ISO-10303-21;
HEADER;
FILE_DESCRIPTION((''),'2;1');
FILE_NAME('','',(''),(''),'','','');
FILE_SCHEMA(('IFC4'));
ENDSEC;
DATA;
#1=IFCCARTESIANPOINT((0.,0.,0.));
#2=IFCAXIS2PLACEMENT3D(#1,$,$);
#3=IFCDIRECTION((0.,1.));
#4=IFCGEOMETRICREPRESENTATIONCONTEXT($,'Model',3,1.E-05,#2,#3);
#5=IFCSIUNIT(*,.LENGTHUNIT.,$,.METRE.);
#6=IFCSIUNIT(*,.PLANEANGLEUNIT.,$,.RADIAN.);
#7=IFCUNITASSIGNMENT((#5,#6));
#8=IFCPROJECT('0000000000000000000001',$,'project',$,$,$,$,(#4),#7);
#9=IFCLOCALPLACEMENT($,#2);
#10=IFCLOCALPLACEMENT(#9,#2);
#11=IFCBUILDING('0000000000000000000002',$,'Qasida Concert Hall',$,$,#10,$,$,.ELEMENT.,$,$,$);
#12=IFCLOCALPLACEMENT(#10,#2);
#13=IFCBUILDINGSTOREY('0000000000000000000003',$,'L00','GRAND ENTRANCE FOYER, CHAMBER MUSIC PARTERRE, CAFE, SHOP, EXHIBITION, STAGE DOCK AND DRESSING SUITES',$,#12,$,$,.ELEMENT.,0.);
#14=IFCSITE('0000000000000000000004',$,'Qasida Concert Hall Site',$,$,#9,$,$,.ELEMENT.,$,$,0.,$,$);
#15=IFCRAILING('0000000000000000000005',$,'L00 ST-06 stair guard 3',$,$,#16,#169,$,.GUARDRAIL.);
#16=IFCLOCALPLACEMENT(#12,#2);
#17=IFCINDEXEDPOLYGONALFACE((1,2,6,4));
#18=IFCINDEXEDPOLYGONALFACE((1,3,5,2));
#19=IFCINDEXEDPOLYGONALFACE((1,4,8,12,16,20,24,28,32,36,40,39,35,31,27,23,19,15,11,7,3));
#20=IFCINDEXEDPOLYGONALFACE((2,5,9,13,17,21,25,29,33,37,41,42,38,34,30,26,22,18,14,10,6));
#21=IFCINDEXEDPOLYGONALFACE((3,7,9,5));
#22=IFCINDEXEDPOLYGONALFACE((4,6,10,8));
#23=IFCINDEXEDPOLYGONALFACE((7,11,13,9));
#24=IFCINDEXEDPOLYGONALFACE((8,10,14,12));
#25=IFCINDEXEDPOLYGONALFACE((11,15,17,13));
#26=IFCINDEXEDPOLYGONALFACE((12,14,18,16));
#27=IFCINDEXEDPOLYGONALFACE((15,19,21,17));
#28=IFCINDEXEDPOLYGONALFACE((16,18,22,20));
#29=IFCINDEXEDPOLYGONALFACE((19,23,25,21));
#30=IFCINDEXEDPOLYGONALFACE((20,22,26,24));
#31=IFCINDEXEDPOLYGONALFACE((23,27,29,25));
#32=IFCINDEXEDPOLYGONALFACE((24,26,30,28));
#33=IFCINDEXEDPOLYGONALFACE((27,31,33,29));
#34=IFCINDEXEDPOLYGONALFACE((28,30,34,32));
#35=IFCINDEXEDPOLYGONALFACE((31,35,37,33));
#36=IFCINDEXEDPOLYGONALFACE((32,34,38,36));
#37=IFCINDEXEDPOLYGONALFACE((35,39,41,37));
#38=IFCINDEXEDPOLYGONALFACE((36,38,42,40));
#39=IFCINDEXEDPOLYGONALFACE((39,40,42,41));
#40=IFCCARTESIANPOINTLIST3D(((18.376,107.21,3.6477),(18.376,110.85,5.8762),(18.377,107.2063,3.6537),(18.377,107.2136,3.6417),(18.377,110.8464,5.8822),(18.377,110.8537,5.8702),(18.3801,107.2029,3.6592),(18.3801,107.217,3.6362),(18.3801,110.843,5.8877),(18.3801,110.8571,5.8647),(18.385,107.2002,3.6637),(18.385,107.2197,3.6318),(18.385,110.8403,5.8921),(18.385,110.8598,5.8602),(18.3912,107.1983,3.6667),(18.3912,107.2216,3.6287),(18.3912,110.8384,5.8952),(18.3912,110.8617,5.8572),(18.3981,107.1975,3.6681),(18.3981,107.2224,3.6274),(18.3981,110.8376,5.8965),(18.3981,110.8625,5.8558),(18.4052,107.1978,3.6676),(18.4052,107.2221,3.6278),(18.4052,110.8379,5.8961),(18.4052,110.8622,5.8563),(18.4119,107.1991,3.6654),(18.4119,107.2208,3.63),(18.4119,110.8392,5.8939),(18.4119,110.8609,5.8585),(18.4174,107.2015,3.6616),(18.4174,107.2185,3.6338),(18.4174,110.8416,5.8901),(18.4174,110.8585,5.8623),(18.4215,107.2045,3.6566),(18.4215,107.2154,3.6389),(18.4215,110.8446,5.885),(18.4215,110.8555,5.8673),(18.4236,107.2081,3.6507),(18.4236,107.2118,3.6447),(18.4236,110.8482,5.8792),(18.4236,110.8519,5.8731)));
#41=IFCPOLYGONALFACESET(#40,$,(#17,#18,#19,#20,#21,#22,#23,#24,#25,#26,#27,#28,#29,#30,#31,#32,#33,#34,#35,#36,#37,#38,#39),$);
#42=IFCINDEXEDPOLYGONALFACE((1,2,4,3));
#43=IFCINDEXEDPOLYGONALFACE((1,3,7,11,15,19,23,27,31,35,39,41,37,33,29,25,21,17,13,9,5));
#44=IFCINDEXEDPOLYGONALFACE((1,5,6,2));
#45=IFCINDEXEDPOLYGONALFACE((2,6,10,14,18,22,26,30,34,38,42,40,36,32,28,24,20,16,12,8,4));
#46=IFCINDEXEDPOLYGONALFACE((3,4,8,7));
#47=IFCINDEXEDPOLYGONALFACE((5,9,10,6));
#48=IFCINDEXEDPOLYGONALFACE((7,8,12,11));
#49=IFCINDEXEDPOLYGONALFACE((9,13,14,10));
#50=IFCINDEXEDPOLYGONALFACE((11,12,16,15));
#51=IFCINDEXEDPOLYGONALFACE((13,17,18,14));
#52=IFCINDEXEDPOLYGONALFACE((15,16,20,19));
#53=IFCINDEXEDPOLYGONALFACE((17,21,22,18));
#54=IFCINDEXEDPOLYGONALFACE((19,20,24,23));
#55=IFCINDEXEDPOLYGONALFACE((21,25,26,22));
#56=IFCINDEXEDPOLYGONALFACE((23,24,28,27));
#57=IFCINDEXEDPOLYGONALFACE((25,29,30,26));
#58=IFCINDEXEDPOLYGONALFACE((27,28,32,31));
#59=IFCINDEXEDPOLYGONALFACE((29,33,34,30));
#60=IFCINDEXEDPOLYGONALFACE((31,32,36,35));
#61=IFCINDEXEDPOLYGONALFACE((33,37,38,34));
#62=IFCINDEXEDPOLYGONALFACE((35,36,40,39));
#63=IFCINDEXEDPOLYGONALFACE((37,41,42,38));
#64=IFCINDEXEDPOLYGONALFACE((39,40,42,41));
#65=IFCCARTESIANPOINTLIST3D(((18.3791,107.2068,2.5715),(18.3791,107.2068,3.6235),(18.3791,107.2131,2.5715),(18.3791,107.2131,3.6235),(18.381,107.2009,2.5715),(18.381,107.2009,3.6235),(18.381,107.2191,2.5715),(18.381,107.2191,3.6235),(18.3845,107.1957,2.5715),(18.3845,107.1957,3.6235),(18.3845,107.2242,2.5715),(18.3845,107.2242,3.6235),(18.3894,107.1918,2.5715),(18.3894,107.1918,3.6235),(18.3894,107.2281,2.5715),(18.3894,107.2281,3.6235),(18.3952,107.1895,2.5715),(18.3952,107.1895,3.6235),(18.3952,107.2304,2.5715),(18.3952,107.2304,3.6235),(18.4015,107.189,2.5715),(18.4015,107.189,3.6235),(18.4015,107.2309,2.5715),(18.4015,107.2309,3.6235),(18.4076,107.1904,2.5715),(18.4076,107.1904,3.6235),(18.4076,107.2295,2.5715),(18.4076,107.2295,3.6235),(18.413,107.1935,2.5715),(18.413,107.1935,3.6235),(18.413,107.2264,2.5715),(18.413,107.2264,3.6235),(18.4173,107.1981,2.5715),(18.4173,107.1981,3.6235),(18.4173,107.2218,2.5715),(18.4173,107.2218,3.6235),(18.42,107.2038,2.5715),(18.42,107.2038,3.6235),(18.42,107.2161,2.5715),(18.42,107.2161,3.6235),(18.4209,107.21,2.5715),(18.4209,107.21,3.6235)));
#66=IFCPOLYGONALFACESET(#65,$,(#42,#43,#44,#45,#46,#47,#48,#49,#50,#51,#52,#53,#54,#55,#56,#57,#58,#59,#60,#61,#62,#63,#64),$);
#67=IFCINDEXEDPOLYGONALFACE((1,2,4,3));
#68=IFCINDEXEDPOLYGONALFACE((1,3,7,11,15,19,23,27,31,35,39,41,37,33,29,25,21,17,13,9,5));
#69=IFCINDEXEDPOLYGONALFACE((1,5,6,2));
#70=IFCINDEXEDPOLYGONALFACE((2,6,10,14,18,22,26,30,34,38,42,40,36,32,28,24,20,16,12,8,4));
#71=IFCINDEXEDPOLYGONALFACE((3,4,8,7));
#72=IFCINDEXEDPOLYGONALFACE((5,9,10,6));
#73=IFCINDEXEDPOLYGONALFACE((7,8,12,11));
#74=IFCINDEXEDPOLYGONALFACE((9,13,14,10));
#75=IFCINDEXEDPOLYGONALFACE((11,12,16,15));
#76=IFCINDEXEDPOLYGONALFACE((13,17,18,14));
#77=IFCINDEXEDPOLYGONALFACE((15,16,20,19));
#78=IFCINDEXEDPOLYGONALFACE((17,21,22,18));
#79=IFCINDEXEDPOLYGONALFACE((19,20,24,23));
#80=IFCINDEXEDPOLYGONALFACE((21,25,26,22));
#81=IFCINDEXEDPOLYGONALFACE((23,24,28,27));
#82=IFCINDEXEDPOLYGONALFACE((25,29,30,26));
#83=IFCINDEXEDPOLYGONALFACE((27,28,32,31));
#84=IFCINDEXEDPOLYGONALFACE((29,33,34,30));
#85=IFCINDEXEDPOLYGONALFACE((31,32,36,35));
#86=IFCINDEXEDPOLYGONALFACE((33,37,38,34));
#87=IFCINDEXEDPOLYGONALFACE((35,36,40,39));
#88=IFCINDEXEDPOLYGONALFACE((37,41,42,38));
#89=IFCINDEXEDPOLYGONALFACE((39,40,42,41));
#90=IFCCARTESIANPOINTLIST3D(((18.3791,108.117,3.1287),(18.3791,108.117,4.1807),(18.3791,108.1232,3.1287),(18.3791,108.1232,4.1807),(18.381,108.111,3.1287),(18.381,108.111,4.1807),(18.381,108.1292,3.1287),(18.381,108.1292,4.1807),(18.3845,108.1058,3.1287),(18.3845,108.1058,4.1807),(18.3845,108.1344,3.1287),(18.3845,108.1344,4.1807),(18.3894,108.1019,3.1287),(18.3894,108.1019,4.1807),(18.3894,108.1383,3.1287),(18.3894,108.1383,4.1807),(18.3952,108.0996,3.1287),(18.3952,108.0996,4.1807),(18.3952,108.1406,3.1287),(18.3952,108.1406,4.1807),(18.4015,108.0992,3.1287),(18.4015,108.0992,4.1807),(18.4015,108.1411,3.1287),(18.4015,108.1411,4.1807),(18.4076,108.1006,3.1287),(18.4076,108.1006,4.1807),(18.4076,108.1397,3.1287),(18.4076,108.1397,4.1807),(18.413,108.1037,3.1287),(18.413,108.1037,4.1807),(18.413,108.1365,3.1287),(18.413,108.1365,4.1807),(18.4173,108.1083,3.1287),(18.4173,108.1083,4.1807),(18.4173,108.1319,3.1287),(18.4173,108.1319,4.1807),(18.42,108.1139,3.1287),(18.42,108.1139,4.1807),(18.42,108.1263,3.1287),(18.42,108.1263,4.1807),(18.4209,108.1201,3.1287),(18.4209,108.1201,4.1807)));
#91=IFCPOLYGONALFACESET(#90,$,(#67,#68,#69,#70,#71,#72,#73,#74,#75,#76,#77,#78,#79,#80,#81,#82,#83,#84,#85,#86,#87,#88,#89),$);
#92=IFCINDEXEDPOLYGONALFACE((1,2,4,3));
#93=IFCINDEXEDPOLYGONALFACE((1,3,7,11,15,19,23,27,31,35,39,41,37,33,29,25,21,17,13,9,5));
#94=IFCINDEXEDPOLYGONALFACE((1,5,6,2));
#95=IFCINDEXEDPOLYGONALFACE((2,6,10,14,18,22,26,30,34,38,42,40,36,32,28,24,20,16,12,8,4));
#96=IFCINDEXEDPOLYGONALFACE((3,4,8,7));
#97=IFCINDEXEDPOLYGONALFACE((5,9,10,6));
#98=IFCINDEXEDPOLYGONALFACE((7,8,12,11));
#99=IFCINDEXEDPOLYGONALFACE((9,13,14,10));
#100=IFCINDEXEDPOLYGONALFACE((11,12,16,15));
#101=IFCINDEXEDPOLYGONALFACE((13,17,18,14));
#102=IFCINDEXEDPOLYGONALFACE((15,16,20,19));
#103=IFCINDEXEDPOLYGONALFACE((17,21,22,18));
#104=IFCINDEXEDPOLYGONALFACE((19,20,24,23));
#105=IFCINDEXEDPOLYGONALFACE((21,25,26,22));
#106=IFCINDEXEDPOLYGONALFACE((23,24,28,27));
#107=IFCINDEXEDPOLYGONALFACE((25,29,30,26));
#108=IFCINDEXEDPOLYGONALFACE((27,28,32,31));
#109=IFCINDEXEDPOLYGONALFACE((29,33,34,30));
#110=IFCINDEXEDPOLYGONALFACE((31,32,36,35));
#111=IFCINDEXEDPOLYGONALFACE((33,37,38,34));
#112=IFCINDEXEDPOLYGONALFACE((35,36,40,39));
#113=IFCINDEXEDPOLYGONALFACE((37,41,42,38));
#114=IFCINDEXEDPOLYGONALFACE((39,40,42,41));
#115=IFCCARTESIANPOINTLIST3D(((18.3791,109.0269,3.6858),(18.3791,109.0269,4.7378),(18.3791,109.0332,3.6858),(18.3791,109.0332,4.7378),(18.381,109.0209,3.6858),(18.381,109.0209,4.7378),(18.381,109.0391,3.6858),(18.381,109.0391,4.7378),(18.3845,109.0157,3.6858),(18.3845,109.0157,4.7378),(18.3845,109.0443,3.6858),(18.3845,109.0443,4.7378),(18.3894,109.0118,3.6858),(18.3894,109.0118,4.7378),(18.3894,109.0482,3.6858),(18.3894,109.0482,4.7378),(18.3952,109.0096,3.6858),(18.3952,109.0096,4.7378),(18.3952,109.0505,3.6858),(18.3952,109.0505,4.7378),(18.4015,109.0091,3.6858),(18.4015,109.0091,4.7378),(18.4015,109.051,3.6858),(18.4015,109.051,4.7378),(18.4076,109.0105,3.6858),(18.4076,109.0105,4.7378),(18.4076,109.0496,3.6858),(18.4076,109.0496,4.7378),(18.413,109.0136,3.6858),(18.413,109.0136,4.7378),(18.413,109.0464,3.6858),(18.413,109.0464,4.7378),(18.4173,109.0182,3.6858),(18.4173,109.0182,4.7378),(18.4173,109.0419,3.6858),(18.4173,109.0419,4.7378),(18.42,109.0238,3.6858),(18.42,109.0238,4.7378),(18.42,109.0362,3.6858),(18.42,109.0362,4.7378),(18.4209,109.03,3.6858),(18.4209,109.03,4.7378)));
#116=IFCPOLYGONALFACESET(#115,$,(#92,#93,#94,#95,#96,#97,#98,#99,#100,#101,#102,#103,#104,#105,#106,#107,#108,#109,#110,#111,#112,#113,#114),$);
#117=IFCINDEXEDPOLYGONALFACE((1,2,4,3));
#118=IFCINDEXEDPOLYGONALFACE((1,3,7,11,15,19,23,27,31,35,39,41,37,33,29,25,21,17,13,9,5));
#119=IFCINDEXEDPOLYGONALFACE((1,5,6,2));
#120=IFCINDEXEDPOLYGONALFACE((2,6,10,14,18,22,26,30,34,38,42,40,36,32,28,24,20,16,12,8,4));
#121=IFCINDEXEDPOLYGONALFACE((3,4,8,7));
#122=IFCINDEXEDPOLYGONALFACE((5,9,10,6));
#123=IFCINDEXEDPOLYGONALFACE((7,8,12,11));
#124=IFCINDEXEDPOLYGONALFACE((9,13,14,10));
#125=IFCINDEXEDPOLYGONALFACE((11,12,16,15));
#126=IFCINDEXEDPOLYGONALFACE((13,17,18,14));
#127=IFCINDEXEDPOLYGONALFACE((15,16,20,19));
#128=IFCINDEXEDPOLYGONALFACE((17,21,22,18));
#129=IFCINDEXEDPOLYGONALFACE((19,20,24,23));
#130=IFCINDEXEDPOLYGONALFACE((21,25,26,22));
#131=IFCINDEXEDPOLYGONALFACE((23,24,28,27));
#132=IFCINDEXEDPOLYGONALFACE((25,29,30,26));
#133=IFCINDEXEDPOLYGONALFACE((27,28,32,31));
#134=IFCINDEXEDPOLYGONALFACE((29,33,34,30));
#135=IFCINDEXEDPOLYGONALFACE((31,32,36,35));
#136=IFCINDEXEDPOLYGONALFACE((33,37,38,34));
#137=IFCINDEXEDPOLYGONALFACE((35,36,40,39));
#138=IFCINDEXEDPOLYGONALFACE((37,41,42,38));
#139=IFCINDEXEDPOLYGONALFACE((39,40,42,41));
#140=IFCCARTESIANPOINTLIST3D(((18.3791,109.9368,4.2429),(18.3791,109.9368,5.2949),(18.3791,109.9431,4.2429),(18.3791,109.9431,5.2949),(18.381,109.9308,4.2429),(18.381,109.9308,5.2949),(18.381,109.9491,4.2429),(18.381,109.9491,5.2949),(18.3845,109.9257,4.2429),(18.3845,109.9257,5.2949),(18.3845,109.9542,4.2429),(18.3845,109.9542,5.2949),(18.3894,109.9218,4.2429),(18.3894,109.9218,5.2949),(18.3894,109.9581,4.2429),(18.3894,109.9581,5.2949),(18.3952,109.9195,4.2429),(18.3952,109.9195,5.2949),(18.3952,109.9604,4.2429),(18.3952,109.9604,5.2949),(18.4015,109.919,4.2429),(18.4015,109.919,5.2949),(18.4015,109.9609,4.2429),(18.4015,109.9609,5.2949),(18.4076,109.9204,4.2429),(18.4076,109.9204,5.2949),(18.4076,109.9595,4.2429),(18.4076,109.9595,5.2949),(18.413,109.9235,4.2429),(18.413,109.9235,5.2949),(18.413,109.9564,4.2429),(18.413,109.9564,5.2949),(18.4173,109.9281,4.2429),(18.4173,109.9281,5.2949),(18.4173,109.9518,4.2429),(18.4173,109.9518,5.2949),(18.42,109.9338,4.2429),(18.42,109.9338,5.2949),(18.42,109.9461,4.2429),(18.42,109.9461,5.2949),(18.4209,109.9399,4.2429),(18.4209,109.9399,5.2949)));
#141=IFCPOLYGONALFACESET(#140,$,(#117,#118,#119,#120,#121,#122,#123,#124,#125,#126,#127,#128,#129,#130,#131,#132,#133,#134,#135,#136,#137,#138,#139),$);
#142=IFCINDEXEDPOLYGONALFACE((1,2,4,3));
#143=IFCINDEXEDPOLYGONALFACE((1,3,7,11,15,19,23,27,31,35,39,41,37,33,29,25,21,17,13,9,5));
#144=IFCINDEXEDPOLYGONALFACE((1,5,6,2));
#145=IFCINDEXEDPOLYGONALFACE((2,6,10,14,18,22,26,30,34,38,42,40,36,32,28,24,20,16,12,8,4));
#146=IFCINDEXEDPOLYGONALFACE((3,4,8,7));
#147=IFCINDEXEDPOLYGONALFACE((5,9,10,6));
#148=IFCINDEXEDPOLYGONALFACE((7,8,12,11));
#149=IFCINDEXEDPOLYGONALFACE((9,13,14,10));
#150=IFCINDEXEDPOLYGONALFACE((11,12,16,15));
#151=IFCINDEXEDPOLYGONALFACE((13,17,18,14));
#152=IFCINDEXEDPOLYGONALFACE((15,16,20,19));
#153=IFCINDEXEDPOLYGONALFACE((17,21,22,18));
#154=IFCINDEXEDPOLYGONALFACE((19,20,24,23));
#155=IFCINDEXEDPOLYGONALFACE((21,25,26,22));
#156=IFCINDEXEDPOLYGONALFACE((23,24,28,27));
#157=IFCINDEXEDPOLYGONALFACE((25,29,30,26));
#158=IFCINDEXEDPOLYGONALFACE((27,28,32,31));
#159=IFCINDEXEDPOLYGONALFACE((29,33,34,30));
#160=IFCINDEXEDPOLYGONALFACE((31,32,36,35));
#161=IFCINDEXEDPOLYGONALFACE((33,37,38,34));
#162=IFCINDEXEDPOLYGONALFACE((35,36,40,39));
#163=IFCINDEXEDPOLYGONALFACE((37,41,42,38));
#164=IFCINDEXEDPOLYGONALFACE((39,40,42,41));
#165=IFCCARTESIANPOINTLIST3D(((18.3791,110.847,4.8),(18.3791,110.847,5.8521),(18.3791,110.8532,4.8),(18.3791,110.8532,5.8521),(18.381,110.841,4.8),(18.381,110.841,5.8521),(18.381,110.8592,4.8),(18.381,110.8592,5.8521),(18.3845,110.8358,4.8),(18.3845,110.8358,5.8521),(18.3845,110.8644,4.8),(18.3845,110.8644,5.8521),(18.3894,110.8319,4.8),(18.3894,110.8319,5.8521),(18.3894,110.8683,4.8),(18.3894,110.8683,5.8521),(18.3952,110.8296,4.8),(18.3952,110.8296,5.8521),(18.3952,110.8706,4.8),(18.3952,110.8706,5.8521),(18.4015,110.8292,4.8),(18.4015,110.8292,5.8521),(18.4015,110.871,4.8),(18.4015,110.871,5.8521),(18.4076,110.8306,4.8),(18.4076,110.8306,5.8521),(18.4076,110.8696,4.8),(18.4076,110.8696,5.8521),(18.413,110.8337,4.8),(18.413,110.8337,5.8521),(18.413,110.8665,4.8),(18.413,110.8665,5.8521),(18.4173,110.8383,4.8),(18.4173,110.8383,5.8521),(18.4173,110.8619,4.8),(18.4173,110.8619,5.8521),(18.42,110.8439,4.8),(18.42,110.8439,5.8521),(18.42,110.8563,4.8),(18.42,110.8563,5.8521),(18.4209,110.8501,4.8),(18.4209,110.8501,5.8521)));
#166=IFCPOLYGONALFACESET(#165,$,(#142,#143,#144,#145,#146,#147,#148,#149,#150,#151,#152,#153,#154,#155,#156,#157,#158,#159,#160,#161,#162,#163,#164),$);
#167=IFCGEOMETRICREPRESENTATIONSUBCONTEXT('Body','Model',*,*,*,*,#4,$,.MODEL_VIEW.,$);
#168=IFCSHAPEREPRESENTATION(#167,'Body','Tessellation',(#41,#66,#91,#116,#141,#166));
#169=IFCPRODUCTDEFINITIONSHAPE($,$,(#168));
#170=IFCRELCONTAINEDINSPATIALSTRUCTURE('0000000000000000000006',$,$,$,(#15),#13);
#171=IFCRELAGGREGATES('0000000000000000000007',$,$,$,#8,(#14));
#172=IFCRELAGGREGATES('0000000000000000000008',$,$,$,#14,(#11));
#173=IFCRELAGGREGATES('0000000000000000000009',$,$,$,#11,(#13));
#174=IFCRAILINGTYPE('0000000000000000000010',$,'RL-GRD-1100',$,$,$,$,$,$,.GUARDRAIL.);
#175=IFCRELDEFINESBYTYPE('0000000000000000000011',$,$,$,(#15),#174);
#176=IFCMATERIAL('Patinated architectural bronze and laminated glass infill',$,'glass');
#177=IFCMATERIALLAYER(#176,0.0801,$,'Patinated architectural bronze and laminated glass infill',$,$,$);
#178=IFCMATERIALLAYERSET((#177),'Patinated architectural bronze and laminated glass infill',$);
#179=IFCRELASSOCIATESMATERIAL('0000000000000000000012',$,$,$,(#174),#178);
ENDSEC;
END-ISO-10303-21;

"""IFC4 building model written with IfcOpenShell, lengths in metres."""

from ifc_helpers import new_model, si_unit, direction, frame, origin, origin_2d, place, context, subcontext, project, spatial, circle, extrude, material, layer, layer_set, type_object, element, save


model = new_model("IFC4")

# Units and contexts
model_context = context("Model", 3, precision=1e-05, world=origin(), true_north=direction((0.0, 1.0)))
body_context = subcontext(model_context, "Body", "Model", "MODEL_VIEW")
ifc_project = project(units=[si_unit("LENGTHUNIT", "METRE"), si_unit("PLANEANGLEUNIT", "RADIAN")], contexts=[model_context])

# Site, building, storey
site_placement = place(None, origin())
site = spatial("IfcSite", under=ifc_project, at=site_placement, Name="Qasida Concert Hall Site", CompositionType="ELEMENT", RefElevation=0.0)
building_placement = place(site_placement, origin())
building = spatial("IfcBuilding", under=site, at=building_placement, Name="Qasida Concert Hall", CompositionType="ELEMENT")
storey_placement = place(building_placement, origin())
storey = spatial("IfcBuildingStorey", under=building, at=storey_placement, Name="L00", Description="GRAND ENTRANCE FOYER, CHAMBER MUSIC PARTERRE, CAFE, SHOP, EXHIBITION, STAGE DOCK AND DRESSING SUITES", CompositionType="ELEMENT", Elevation=0.0)

# Railing
ifc_material_1 = material(Name="Patinated architectural bronze and laminated glass infill", Category="glass")
ifc_layer_1 = layer(ifc_material_1, 0.0801, Name="Patinated architectural bronze and laminated glass infill")
ifc_layer_set_1 = layer_set([ifc_layer_1], Name="Patinated architectural bronze and laminated glass infill")
railing_type_1 = type_object("IfcRailingType", Name="RL-GRD-1100", PredefinedType="GUARDRAIL", material=ifc_layer_set_1)
railing_1_placement = place(storey_placement, frame((18.3999, 107.21, 2.5715)))
element("IfcRailing", 1, at=railing_1_placement, inside=storey, type_object=railing_type_1, Name="L00 ST-06 stair guard 3", PredefinedType="GUARDRAIL", context=body_context, shape_type="SweptSolid", body=[
    extrude(circle(Radius=0.0239, at=origin_2d()), frame((0.0, 0.0, 1.0762), z_axis=(0.0, 0.852866, 0.52213), x_axis=(-1.0, 0.0, 0.0)), (0.0, 0.0, 1.0), 4.2681),
    extrude(circle(Radius=0.021, at=origin_2d()), origin(), (0.0, 0.0, 1.0), 1.052),
    extrude(circle(Radius=0.021, at=origin_2d()), frame((0.0, 0.9102, 0.5571)), (0.0, 0.0, 1.0), 1.052),
    extrude(circle(Radius=0.021, at=origin_2d()), frame((0.0, 1.8201, 1.1143)), (0.0, 0.0, 1.0), 1.052),
    extrude(circle(Radius=0.021, at=origin_2d()), frame((0.0, 2.73, 1.6714)), (0.0, 0.0, 1.0), 1.052),
    extrude(circle(Radius=0.021, at=origin_2d()), frame((0.0, 3.6401, 2.2285)), (0.0, 0.0, 1.0), 1.052),
])

save(model, "model.ifc")
